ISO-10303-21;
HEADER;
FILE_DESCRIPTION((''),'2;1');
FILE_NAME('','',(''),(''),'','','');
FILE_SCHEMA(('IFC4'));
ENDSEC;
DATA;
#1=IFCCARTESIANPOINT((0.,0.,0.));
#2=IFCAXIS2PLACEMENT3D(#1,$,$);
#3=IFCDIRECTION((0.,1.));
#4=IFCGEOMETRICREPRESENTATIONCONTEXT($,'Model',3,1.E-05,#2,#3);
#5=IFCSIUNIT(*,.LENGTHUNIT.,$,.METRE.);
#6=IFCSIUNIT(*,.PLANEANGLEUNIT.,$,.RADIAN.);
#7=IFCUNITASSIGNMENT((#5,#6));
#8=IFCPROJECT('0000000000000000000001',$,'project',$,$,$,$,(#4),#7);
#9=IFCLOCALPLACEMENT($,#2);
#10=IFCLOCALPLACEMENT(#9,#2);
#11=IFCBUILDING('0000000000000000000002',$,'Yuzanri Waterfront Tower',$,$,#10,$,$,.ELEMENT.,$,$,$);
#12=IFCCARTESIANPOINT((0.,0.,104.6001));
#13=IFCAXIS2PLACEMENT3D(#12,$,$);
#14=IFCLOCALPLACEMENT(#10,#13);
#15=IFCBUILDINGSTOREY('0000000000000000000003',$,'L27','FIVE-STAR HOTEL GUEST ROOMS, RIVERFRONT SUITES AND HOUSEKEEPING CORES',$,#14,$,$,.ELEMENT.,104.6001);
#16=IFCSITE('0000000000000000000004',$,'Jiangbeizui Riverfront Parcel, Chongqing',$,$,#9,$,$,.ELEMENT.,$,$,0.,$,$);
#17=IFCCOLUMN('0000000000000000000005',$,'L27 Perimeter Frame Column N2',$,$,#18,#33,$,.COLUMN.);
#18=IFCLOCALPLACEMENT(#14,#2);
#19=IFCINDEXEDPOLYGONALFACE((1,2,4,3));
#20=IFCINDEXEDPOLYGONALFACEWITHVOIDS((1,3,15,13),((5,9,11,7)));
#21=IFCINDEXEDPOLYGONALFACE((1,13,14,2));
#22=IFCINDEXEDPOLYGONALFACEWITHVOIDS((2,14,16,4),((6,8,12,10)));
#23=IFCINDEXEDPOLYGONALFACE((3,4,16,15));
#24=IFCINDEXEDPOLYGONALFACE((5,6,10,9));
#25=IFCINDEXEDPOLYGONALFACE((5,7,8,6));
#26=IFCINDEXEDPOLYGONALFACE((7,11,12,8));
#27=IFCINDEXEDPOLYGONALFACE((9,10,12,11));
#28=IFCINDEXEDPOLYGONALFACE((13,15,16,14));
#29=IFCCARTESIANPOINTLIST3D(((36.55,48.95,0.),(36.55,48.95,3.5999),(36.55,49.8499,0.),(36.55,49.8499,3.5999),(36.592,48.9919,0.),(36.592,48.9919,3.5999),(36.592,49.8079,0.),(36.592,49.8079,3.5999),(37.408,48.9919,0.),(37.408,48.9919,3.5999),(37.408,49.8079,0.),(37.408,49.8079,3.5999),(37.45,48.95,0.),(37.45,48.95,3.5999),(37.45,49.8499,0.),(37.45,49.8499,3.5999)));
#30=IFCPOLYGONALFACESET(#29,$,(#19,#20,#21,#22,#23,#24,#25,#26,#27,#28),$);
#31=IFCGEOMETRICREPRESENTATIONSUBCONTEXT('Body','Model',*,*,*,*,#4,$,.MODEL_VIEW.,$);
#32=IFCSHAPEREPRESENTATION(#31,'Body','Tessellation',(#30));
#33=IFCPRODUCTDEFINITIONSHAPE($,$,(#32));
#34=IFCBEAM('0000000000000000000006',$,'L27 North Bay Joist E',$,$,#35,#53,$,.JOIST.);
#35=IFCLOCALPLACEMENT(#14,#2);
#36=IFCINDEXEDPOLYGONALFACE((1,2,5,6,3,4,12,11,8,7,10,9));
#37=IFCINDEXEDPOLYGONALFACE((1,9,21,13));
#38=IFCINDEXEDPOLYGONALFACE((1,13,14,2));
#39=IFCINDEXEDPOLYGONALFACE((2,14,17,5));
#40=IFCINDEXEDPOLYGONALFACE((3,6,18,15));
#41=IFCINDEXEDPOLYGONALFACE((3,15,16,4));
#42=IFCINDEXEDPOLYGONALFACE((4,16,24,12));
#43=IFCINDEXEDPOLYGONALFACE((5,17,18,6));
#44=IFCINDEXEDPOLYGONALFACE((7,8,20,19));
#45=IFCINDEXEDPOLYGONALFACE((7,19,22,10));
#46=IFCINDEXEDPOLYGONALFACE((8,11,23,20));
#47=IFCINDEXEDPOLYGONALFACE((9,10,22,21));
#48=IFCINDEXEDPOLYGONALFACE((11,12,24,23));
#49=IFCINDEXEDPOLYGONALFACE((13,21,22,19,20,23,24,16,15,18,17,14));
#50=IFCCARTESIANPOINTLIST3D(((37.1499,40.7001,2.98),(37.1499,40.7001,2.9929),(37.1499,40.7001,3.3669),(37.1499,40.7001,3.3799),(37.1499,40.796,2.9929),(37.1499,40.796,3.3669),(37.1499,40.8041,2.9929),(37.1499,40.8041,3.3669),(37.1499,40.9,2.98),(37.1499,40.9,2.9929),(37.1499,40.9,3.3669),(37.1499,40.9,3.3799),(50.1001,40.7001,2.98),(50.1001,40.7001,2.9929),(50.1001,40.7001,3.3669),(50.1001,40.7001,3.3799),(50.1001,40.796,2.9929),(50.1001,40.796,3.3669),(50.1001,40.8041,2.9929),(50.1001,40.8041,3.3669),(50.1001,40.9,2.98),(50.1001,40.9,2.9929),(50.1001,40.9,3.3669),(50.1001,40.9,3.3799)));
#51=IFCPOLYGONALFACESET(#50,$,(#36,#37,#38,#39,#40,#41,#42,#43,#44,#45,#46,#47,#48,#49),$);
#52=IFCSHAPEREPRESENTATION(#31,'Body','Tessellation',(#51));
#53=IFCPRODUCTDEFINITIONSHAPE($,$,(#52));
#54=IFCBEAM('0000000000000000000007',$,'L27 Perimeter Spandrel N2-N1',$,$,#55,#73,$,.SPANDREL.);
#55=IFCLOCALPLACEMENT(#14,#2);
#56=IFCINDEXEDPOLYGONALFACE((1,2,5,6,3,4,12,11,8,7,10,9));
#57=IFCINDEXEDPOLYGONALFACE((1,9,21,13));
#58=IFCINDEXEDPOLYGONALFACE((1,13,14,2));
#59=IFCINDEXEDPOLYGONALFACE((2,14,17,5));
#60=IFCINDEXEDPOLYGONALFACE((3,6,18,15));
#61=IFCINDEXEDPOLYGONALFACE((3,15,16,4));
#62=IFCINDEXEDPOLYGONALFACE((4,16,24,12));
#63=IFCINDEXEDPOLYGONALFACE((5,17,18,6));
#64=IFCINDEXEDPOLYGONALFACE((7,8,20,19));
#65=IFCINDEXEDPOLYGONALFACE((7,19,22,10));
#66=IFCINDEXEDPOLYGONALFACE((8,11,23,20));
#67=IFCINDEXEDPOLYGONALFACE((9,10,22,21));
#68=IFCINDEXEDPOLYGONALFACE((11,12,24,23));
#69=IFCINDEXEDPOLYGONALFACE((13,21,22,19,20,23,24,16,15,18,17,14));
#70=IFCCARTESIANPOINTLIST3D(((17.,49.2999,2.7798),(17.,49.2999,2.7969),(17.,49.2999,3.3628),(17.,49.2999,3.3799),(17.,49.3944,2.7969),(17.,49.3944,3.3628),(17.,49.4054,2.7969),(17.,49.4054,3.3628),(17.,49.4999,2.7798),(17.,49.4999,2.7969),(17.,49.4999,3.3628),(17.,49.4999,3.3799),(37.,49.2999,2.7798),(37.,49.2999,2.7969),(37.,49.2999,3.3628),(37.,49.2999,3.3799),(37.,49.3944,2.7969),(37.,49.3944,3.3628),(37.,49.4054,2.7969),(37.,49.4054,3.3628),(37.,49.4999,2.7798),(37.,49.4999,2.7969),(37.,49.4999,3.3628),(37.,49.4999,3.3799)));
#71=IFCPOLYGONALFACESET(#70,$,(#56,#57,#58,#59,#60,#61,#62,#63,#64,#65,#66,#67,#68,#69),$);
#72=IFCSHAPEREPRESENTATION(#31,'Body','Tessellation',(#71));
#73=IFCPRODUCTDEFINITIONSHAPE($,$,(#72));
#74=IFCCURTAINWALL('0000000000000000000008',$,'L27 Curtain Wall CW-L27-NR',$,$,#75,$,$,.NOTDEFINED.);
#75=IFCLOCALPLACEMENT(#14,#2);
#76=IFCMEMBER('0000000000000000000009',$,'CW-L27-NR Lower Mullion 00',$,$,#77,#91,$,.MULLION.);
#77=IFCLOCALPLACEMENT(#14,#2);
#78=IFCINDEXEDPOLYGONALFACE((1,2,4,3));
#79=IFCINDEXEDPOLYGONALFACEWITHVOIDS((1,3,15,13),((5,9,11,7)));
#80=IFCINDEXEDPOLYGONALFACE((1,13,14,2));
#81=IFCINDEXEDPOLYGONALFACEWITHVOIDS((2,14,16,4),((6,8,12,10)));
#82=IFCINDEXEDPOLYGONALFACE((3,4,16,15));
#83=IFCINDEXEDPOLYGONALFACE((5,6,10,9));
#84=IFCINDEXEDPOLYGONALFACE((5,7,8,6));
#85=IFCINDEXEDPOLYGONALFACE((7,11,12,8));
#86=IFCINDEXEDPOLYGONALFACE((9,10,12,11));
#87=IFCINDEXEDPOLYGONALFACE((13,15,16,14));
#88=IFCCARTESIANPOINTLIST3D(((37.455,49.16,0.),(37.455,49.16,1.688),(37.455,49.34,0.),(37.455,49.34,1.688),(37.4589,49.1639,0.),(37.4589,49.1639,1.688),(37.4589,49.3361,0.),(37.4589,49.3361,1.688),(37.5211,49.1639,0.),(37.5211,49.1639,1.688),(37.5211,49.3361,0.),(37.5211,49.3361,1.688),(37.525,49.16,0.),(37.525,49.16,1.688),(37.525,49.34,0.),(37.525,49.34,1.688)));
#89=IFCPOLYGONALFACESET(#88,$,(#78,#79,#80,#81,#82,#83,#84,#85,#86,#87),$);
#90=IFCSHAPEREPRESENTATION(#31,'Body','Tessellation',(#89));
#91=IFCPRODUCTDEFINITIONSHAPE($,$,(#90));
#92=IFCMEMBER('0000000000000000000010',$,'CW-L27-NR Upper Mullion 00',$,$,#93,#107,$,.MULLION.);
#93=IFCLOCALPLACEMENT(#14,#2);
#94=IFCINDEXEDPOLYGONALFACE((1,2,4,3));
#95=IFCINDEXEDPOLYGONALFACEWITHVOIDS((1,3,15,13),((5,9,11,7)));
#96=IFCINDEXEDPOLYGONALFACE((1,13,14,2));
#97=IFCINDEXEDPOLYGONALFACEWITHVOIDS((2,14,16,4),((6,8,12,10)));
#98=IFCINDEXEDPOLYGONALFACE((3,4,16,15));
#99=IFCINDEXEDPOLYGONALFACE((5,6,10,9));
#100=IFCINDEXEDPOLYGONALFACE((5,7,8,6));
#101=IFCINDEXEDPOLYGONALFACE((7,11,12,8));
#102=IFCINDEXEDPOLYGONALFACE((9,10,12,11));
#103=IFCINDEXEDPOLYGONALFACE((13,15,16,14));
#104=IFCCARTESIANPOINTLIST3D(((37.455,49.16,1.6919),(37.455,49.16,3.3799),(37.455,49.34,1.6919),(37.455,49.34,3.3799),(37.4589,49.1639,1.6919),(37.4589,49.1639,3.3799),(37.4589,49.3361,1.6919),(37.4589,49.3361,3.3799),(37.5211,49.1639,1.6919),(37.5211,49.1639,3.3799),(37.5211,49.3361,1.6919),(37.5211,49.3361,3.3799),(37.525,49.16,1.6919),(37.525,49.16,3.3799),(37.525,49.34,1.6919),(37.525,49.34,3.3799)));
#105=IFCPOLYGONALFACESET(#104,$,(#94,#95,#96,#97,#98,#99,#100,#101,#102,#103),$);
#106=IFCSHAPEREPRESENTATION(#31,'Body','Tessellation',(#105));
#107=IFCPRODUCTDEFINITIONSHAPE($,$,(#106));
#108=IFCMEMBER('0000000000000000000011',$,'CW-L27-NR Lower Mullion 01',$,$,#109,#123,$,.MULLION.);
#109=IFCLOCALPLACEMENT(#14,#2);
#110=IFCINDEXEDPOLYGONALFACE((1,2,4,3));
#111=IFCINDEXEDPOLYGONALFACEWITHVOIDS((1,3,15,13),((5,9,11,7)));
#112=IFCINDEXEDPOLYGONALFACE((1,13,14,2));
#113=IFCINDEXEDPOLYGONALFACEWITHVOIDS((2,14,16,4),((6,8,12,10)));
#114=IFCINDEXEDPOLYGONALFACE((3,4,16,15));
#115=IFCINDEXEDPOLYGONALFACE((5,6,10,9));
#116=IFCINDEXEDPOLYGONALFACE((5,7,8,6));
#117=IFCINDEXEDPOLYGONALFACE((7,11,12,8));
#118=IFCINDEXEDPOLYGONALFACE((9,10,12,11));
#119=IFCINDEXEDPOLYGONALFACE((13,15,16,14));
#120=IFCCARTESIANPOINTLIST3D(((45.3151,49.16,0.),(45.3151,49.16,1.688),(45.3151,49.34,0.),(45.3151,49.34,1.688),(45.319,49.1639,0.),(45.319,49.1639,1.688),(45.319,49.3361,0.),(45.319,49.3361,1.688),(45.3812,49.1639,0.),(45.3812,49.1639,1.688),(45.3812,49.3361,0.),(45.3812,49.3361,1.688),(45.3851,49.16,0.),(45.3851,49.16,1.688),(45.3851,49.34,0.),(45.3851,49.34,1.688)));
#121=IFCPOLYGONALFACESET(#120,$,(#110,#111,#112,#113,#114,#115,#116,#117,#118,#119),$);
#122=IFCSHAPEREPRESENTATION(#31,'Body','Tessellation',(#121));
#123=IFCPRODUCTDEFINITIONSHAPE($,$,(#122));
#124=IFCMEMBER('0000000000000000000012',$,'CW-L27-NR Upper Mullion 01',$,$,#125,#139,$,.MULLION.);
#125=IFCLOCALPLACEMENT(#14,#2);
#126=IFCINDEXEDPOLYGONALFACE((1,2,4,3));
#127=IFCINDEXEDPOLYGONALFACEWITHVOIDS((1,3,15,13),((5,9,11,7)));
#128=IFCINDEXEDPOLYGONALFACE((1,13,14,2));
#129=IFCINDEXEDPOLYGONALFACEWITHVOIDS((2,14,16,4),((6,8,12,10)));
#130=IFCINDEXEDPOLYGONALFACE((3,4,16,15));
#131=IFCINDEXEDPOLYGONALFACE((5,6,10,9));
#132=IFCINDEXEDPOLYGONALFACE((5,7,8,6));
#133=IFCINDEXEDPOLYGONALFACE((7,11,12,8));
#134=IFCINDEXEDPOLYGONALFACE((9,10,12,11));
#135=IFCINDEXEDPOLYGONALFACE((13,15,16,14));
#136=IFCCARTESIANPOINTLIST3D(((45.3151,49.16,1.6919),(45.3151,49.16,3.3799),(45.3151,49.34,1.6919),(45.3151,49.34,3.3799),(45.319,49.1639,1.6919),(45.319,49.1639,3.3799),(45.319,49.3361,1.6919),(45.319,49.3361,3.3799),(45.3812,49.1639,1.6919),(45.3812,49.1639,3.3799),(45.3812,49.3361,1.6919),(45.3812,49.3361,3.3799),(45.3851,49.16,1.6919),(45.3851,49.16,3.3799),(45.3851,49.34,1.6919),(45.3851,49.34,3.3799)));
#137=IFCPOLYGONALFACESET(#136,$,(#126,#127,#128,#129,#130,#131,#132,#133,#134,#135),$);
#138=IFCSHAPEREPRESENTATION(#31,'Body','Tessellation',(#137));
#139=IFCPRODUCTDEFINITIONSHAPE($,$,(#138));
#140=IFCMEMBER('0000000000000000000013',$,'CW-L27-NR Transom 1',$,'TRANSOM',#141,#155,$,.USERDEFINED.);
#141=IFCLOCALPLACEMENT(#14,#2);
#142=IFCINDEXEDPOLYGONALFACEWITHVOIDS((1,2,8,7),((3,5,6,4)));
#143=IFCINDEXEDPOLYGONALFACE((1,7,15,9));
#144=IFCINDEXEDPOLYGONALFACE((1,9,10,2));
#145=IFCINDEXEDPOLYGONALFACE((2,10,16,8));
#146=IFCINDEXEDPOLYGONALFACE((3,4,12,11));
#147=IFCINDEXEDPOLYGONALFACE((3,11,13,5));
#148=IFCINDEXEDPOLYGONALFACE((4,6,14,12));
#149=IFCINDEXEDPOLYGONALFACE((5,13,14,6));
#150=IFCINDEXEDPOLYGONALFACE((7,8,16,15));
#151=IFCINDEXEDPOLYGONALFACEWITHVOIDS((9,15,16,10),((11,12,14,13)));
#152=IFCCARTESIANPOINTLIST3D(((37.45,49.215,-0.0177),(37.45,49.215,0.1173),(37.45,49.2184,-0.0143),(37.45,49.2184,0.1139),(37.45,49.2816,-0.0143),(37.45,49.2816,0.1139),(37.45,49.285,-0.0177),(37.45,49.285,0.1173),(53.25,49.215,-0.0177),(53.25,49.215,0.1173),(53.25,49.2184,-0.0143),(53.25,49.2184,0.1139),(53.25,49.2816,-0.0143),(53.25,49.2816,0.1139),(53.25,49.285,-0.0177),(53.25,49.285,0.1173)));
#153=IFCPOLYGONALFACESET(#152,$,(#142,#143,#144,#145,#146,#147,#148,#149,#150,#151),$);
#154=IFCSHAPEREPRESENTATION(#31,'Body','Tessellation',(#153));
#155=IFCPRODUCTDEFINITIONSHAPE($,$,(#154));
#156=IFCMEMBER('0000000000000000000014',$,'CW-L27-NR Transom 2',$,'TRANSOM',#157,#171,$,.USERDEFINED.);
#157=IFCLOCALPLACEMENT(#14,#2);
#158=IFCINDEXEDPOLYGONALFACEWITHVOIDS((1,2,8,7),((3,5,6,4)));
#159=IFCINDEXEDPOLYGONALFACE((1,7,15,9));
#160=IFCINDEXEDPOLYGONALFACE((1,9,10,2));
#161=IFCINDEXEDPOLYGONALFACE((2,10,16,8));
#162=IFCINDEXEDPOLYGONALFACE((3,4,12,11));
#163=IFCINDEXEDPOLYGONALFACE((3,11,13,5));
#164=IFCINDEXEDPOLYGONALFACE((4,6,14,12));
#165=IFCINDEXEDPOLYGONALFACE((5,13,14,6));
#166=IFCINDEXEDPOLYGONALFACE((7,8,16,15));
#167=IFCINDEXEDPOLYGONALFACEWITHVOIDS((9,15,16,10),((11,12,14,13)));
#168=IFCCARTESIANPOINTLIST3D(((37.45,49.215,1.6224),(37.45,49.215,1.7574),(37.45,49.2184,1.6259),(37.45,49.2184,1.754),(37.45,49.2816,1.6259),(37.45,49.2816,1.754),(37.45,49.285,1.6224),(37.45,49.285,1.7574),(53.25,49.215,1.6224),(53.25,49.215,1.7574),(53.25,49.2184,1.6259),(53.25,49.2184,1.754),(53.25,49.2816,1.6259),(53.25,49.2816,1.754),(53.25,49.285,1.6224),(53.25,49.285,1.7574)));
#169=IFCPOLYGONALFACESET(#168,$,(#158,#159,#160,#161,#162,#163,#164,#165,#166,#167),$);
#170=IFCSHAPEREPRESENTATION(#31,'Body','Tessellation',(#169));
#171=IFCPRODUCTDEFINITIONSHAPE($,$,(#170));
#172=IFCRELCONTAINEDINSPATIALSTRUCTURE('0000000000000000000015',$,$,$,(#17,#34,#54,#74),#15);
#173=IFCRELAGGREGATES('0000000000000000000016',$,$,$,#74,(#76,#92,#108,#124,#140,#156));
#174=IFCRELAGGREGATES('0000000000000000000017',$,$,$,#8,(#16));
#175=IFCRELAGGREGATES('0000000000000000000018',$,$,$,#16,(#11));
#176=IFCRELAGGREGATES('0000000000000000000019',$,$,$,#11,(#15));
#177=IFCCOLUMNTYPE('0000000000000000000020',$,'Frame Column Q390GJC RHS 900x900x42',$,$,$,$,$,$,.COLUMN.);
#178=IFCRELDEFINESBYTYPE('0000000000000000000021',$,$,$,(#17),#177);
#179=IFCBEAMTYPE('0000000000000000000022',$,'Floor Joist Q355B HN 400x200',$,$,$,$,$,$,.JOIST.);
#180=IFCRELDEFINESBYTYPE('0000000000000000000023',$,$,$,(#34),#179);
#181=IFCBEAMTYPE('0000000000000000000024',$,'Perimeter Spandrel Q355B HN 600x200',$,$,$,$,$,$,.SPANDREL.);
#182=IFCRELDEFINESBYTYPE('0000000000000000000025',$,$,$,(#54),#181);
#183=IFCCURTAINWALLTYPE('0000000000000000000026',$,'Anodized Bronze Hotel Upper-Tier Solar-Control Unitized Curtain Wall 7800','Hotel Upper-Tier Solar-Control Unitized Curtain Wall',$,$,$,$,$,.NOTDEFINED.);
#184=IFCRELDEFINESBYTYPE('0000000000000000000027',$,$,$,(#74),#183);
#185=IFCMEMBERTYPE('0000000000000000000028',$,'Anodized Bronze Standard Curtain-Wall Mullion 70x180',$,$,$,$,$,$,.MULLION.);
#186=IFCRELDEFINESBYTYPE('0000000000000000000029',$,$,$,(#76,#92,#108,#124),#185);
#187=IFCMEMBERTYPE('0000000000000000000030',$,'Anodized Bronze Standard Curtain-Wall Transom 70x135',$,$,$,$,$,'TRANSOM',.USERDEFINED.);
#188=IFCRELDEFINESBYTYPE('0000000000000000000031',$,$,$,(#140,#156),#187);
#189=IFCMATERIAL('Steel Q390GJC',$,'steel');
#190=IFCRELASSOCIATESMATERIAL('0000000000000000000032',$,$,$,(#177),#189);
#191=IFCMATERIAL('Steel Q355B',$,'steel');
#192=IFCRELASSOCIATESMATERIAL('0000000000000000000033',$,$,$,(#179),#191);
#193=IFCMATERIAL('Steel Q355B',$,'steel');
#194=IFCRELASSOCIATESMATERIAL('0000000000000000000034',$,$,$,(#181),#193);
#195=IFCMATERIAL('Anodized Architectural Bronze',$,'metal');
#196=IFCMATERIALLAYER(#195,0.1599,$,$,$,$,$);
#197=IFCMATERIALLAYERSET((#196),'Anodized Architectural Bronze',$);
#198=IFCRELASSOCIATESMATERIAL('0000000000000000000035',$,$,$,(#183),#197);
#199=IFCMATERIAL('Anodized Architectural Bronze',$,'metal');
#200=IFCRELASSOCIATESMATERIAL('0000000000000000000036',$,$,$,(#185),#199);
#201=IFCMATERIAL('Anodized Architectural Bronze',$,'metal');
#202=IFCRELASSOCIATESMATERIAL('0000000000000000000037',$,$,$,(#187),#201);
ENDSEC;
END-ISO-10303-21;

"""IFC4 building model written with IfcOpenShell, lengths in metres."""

from ifc_helpers import new_model, si_unit, direction, frame, origin, origin_2d, place, context, subcontext, project, spatial, hollow_rectangle, i_section, extrude, source, transform, mapped, material, layer, layer_set, material_profile, profile_set, type_object, element, aggregate, save


model = new_model("IFC4")

# Units and contexts
model_context = context("Model", 3, precision=1e-05, world=origin(), true_north=direction((0.0, 1.0)))
body_context = subcontext(model_context, "Body", "Model", "MODEL_VIEW")
ifc_project = project(units=[si_unit("LENGTHUNIT", "METRE"), si_unit("PLANEANGLEUNIT", "RADIAN")], contexts=[model_context])

# Site, building, storey
site_placement = place(None, origin())
site = spatial("IfcSite", under=ifc_project, at=site_placement, Name="Jiangbeizui Riverfront Parcel, Chongqing", CompositionType="ELEMENT", RefElevation=0.0)
building_placement = place(site_placement, origin())
building = spatial("IfcBuilding", under=site, at=building_placement, Name="Yuzanri Waterfront Tower", CompositionType="ELEMENT")
storey_placement = place(building_placement, frame((0.0, 0.0, 104.6001)))
storey = spatial("IfcBuildingStorey", under=building, at=storey_placement, Name="L27", Description="FIVE-STAR HOTEL GUEST ROOMS, RIVERFRONT SUITES AND HOUSEKEEPING CORES", CompositionType="ELEMENT", Elevation=104.6001)

# Column
ifc_material_1 = material(Name="Steel Q390GJC", Category="steel")
ifc_material_profile_1 = material_profile(ifc_material_1, hollow_rectangle(XDim=0.8999, YDim=0.8999, WallThickness=0.042, at=origin_2d()), Name="RHS 900x900x42")
ifc_profile_set_1 = profile_set([ifc_material_profile_1], Name="Steel Q390GJC")
column_type = type_object("IfcColumnType", Name="Frame Column Q390GJC RHS 900x900x42", PredefinedType="COLUMN", material=ifc_profile_set_1)
shared_shape_1 = source(origin(), body_context, "Body", "SweptSolid", [
    extrude(hollow_rectangle(XDim=0.8999, YDim=0.8999, WallThickness=0.042, at=origin_2d()), origin(), (0.0, 0.0, 1.0), 3.5999),
])
column_placement = place(storey_placement, frame((37.0, 49.3999, 0.0), z_axis=(0.0, 0.0, 1.0), x_axis=(1.0, 0.0, 0.0)))
element("IfcColumn", 1, at=column_placement, inside=storey, type_object=column_type, Name="L27 Perimeter Frame Column N2", PredefinedType="COLUMN", context=body_context, shape_type="MappedRepresentation", body=[
    mapped(shared_shape_1, transform((0.0, 0.0, 0.0), scale=1.0)),
])

# Beams
ifc_material_2 = material(Name="Steel Q355B", Category="steel")
ifc_material_profile_2 = material_profile(ifc_material_2, i_section(OverallWidth=0.2, OverallDepth=0.3999, WebThickness=0.0081, FlangeThickness=0.0129, at=origin_2d()), Name="HN 400x200x8x13")
ifc_profile_set_2 = profile_set([ifc_material_profile_2], Name="Steel Q355B")
beam_type_1 = type_object("IfcBeamType", Name="Floor Joist Q355B HN 400x200", PredefinedType="JOIST", material=ifc_profile_set_2)
shared_shape_2 = source(origin(), body_context, "Body", "SweptSolid", [
    extrude(i_section(OverallWidth=0.2, OverallDepth=0.3999, WebThickness=0.0081, FlangeThickness=0.0129, at=origin_2d()), origin(), (0.0, 0.0, 1.0), 12.9502),
])
beam_1_placement = place(storey_placement, frame((37.1499, 40.8, 3.1799), z_axis=(1.0, 0.0, 0.0), x_axis=(0.0, 1.0, 0.0)))
element("IfcBeam", 2, at=beam_1_placement, inside=storey, type_object=beam_type_1, Name="L27 North Bay Joist E", PredefinedType="JOIST", context=body_context, shape_type="MappedRepresentation", body=[
    mapped(shared_shape_2, transform((0.0, 0.0, 0.0), scale=1.0)),
])
ifc_material_3 = material(Name="Steel Q355B", Category="steel")
ifc_material_profile_3 = material_profile(ifc_material_3, i_section(OverallWidth=0.2, OverallDepth=0.6001, WebThickness=0.011, FlangeThickness=0.0171, at=origin_2d()), Name="HN 600x200x11x17")
ifc_profile_set_3 = profile_set([ifc_material_profile_3], Name="Steel Q355B")
beam_type_2 = type_object("IfcBeamType", Name="Perimeter Spandrel Q355B HN 600x200", PredefinedType="SPANDREL", material=ifc_profile_set_3)
shared_shape_3 = source(origin(), body_context, "Body", "SweptSolid", [
    extrude(i_section(OverallWidth=0.2, OverallDepth=0.6001, WebThickness=0.011, FlangeThickness=0.0171, at=origin_2d()), origin(), (0.0, 0.0, 1.0), 20.0),
])
beam_2_placement = place(storey_placement, frame((37.0, 49.3999, 3.0798), z_axis=(-1.0, 0.0, 0.0), x_axis=(0.0, -1.0, 0.0)))
element("IfcBeam", 3, at=beam_2_placement, inside=storey, type_object=beam_type_2, Name="L27 Perimeter Spandrel N2-N1", PredefinedType="SPANDREL", context=body_context, shape_type="MappedRepresentation", body=[
    mapped(shared_shape_3, transform((0.0, 0.0, 0.0), scale=1.0)),
])

# Curtain wall, members
ifc_material_4 = material(Name="Anodized Architectural Bronze", Category="metal")
ifc_layer_1 = layer(ifc_material_4, 0.1599)
ifc_layer_set_1 = layer_set([ifc_layer_1], Name="Anodized Architectural Bronze")
curtain_wall_type = type_object("IfcCurtainWallType", Name="Anodized Bronze Hotel Upper-Tier Solar-Control Unitized Curtain Wall 7800", Description="Hotel Upper-Tier Solar-Control Unitized Curtain Wall", PredefinedType="NOTDEFINED", material=ifc_layer_set_1)
curtain_wall_placement = place(storey_placement, origin())
curtain_wall = element("IfcCurtainWall", 4, at=curtain_wall_placement, inside=storey, type_object=curtain_wall_type, Name="L27 Curtain Wall CW-L27-NR", PredefinedType="NOTDEFINED")
ifc_material_5 = material(Name="Anodized Architectural Bronze", Category="metal")
ifc_material_profile_4 = material_profile(ifc_material_5, hollow_rectangle(XDim=0.0701, YDim=0.1799, WallThickness=0.0039, at=origin_2d()), Name="CWM 70x180")
ifc_profile_set_4 = profile_set([ifc_material_profile_4], Name="Anodized Architectural Bronze")
member_type_1 = type_object("IfcMemberType", Name="Anodized Bronze Standard Curtain-Wall Mullion 70x180", PredefinedType="MULLION", material=ifc_profile_set_4)
shared_shape_4 = source(origin(), body_context, "Body", "SweptSolid", [
    extrude(hollow_rectangle(XDim=0.0701, YDim=0.1799, WallThickness=0.0039, at=origin_2d()), origin(), (0.0, 0.0, 1.0), 1.688),
])
member_1_placement = place(storey_placement, frame((37.49, 49.25, 0.0), z_axis=(0.0, 0.0, 1.0), x_axis=(1.0, 0.0, 0.0)))
member_1 = element("IfcMember", 5, at=member_1_placement, type_object=member_type_1, Name="CW-L27-NR Lower Mullion 00", PredefinedType="MULLION", context=body_context, shape_type="MappedRepresentation", body=[
    mapped(shared_shape_4, transform((0.0, 0.0, 0.0), scale=1.0)),
])
member_2_placement = place(storey_placement, frame((37.49, 49.25, 1.6919), z_axis=(0.0, 0.0, 1.0), x_axis=(1.0, 0.0, 0.0)))
member_2 = element("IfcMember", 6, at=member_2_placement, type_object=member_type_1, Name="CW-L27-NR Upper Mullion 00", PredefinedType="MULLION", context=body_context, shape_type="MappedRepresentation", body=[
    mapped(shared_shape_4, transform((0.0, 0.0, 0.0), scale=1.0)),
])
member_3_placement = place(storey_placement, frame((45.3501, 49.25, 0.0), z_axis=(0.0, 0.0, 1.0), x_axis=(1.0, 0.0, 0.0)))
member_3 = element("IfcMember", 7, at=member_3_placement, type_object=member_type_1, Name="CW-L27-NR Lower Mullion 01", PredefinedType="MULLION", context=body_context, shape_type="MappedRepresentation", body=[
    mapped(shared_shape_4, transform((0.0, 0.0, 0.0), scale=1.0)),
])
member_4_placement = place(storey_placement, frame((45.3501, 49.25, 1.6919), z_axis=(0.0, 0.0, 1.0), x_axis=(1.0, 0.0, 0.0)))
member_4 = element("IfcMember", 8, at=member_4_placement, type_object=member_type_1, Name="CW-L27-NR Upper Mullion 01", PredefinedType="MULLION", context=body_context, shape_type="MappedRepresentation", body=[
    mapped(shared_shape_4, transform((0.0, 0.0, 0.0), scale=1.0)),
])
ifc_material_6 = material(Name="Anodized Architectural Bronze", Category="metal")
ifc_material_profile_5 = material_profile(ifc_material_6, hollow_rectangle(XDim=0.0701, YDim=0.135, WallThickness=0.0034, at=origin_2d()), Name="CWT 70x135")
ifc_profile_set_5 = profile_set([ifc_material_profile_5], Name="Anodized Architectural Bronze")
member_type_2 = type_object("IfcMemberType", Name="Anodized Bronze Standard Curtain-Wall Transom 70x135", ElementType="TRANSOM", PredefinedType="USERDEFINED", material=ifc_profile_set_5)
shared_shape_5 = source(origin(), body_context, "Body", "SweptSolid", [
    extrude(hollow_rectangle(XDim=0.0701, YDim=0.135, WallThickness=0.0034, at=origin_2d()), origin(), (0.0, 0.0, 1.0), 15.8),
])
member_5_placement = place(storey_placement, frame((37.45, 49.25, 0.0498), z_axis=(1.0, 0.0, 0.0), x_axis=(0.0, 1.0, 0.0)))
member_5 = element("IfcMember", 9, at=member_5_placement, type_object=member_type_2, Name="CW-L27-NR Transom 1", ObjectType="TRANSOM", PredefinedType="USERDEFINED", context=body_context, shape_type="MappedRepresentation", body=[
    mapped(shared_shape_5, transform((0.0, 0.0, 0.0), scale=1.0)),
])
member_6_placement = place(storey_placement, frame((37.45, 49.25, 1.6899), z_axis=(1.0, 0.0, 0.0), x_axis=(0.0, 1.0, 0.0)))
member_6 = element("IfcMember", 10, at=member_6_placement, type_object=member_type_2, Name="CW-L27-NR Transom 2", ObjectType="TRANSOM", PredefinedType="USERDEFINED", context=body_context, shape_type="MappedRepresentation", body=[
    mapped(shared_shape_5, transform((0.0, 0.0, 0.0), scale=1.0)),
])
aggregate(curtain_wall, [member_1, member_2, member_3, member_4, member_5, member_6])

save(model, "model.ifc")
